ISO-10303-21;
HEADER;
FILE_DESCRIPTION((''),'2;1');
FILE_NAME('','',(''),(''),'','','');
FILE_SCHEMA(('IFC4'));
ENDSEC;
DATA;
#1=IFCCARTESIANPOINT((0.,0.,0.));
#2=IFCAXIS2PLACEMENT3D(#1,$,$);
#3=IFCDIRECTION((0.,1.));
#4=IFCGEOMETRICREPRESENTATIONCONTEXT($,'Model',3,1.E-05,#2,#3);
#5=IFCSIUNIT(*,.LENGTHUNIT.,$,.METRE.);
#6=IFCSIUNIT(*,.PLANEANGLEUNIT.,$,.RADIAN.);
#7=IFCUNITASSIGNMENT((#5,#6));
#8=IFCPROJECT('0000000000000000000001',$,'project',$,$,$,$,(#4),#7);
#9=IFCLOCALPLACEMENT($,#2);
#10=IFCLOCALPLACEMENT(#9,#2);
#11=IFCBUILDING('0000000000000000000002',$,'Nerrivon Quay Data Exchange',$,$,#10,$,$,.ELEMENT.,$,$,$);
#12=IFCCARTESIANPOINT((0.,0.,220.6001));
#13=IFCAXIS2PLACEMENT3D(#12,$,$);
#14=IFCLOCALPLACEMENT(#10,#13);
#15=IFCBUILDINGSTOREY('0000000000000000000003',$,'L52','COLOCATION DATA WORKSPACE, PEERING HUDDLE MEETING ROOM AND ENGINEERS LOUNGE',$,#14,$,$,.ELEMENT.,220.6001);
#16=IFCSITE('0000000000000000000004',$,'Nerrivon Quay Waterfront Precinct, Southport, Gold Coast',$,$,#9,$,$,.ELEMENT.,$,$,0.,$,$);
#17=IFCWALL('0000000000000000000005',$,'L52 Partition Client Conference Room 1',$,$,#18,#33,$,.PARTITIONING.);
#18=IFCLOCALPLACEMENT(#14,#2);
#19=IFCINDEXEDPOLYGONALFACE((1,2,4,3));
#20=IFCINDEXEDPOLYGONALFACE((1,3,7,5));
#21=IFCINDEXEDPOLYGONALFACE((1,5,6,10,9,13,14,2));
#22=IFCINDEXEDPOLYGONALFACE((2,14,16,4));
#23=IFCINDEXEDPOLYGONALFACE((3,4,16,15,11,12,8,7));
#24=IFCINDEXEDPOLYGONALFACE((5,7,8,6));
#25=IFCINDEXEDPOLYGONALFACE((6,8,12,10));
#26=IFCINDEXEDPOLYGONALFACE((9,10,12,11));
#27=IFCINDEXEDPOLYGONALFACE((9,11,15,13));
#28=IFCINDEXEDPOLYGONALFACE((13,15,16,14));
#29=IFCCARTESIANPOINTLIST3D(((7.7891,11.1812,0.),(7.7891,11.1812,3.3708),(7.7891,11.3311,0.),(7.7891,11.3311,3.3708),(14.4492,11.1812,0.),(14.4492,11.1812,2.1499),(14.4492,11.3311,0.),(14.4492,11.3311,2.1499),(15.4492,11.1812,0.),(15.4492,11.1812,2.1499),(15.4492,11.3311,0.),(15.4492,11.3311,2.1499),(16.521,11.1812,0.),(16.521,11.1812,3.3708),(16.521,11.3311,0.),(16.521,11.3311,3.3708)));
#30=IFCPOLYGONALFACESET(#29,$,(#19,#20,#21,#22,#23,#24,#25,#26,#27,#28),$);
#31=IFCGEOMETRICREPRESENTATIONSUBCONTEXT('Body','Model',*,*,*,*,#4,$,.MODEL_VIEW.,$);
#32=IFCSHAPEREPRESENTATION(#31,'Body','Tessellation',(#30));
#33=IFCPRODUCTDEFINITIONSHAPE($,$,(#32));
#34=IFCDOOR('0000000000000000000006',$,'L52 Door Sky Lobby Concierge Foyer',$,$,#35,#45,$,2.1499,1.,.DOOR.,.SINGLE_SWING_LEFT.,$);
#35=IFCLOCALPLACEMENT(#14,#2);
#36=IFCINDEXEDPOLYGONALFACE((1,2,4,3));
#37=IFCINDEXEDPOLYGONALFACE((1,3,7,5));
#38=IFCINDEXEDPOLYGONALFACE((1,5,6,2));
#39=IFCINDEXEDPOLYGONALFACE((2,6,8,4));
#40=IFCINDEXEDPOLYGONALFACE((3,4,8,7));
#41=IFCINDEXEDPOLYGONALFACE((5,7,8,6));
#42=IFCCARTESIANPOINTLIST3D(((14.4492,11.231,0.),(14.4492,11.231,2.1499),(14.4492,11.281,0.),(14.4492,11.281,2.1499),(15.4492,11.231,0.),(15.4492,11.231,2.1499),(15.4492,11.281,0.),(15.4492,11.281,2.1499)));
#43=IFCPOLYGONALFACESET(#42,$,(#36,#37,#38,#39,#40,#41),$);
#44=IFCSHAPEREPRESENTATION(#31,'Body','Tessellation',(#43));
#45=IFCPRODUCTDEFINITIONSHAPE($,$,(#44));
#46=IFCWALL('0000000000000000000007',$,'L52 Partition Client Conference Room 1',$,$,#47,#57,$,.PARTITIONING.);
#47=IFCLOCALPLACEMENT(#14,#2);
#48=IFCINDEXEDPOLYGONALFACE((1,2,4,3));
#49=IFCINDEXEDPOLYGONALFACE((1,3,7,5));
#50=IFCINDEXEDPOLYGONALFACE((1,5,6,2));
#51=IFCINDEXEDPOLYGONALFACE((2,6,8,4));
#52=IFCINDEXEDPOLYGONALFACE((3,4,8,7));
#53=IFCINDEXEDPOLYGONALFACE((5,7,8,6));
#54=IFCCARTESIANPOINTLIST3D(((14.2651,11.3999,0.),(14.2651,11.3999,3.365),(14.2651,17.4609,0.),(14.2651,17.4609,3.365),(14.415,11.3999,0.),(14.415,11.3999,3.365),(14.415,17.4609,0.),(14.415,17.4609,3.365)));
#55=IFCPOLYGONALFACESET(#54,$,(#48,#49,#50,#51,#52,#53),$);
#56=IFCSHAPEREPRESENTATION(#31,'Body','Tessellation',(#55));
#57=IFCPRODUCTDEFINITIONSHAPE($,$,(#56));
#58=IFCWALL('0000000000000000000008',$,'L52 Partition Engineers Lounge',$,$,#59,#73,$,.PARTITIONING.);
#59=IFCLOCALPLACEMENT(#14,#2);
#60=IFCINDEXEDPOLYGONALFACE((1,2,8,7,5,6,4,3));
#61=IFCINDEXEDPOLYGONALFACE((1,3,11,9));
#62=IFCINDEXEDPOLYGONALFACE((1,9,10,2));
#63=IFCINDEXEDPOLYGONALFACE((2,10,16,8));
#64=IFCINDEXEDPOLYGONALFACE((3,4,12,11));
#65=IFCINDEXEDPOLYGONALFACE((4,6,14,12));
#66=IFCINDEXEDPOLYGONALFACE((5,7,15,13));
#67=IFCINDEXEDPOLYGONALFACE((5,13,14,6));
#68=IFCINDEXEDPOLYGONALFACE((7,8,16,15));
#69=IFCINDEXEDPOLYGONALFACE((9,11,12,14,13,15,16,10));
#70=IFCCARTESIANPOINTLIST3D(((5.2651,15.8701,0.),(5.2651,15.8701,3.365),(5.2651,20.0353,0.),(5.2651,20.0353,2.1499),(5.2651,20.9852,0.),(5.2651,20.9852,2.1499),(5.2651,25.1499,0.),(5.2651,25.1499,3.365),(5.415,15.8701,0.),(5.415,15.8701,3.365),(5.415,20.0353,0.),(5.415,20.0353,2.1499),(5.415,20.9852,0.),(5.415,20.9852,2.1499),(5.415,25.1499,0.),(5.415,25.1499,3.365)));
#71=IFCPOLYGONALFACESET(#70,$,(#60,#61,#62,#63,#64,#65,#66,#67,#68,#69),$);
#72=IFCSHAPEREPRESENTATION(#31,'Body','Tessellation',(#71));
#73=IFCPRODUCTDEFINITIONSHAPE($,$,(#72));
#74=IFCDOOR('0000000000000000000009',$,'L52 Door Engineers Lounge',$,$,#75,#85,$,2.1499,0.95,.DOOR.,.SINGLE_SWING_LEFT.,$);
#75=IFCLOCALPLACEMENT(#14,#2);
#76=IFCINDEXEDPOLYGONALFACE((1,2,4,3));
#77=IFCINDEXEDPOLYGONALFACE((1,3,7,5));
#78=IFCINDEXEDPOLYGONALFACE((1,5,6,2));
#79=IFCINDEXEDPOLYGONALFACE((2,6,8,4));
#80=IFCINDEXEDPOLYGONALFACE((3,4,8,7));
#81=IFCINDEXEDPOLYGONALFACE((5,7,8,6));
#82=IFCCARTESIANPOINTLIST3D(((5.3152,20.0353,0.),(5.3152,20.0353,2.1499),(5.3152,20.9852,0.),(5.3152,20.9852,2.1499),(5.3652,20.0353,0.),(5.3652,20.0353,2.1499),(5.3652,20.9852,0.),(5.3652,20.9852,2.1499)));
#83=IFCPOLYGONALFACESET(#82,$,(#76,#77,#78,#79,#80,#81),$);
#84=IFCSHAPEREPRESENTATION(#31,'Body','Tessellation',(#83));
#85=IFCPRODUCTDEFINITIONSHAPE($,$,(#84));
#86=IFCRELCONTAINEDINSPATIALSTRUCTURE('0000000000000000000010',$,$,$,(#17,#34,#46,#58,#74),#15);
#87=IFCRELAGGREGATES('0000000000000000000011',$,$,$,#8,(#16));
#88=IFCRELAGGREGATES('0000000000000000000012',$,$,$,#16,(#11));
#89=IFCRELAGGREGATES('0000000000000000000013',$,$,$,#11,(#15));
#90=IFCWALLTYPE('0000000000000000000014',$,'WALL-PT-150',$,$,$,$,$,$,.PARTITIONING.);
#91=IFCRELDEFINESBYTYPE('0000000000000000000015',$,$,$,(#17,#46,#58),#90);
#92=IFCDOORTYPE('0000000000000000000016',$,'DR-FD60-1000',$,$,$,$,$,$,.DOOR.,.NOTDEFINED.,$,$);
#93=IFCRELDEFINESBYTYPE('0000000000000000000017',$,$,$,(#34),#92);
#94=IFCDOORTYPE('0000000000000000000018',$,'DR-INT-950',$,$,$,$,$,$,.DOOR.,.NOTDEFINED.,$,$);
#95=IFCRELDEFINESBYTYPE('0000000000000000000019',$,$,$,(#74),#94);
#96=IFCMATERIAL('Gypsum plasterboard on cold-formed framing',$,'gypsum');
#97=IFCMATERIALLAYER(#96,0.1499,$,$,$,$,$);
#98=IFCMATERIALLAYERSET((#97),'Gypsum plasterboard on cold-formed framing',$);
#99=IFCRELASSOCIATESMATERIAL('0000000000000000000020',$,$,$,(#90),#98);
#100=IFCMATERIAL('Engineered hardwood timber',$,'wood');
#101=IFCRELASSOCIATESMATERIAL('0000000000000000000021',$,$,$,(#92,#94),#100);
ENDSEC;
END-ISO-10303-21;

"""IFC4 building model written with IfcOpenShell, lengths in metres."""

from ifc_helpers import new_model, si_unit, direction, frame, frame_2d, origin, place, context, subcontext, project, spatial, rectangle, extrude, material, layer, layer_set, type_object, element, fill, save


model = new_model("IFC4")

# Units and contexts
model_context = context("Model", 3, precision=1e-05, world=origin(), true_north=direction((0.0, 1.0)))
body_context = subcontext(model_context, "Body", "Model", "MODEL_VIEW")
ifc_project = project(units=[si_unit("LENGTHUNIT", "METRE"), si_unit("PLANEANGLEUNIT", "RADIAN")], contexts=[model_context])

# Site, building, storey
site_placement = place(None, origin())
site = spatial("IfcSite", under=ifc_project, at=site_placement, Name="Nerrivon Quay Waterfront Precinct, Southport, Gold Coast", CompositionType="ELEMENT", RefElevation=0.0)
building_placement = place(site_placement, origin())
building = spatial("IfcBuilding", under=site, at=building_placement, Name="Nerrivon Quay Data Exchange", CompositionType="ELEMENT")
storey_placement = place(building_placement, frame((0.0, 0.0, 220.6001)))
storey = spatial("IfcBuildingStorey", under=building, at=storey_placement, Name="L52", Description="COLOCATION DATA WORKSPACE, PEERING HUDDLE MEETING ROOM AND ENGINEERS LOUNGE", CompositionType="ELEMENT", Elevation=220.6001)

# Shared definitions
ifc_material_1 = material(Name="Gypsum plasterboard on cold-formed framing", Category="gypsum")

# Shared definitions
ifc_material_2 = material(Name="Engineered hardwood timber", Category="wood")

# Wall, opening, door
ifc_layer_1 = layer(ifc_material_1, 0.1499)
ifc_layer_set_1 = layer_set([ifc_layer_1], Name="Gypsum plasterboard on cold-formed framing")
wall_type_1 = type_object("IfcWallType", Name="WALL-PT-150", PredefinedType="PARTITIONING", material=ifc_layer_set_1)
wall_1_placement = place(storey_placement, frame((7.7891, 11.2561, 0.0), z_axis=(0.0, 0.0, 1.0), x_axis=(1.0, 0.0, 0.0)))
wall_1 = element("IfcWall", 1, at=wall_1_placement, inside=storey, type_object=wall_type_1, Name="L52 Partition Client Conference Room 1", PredefinedType="PARTITIONING", context=body_context, shape_type="SweptSolid", body=[
    extrude(rectangle(XDim=8.7319, YDim=0.1499, at=frame_2d((4.366, 0.0))), origin(), (0.0, 0.0, 1.0), 3.3708),
])
opening_1_placement = place(wall_1_placement, frame((6.6602, 0.0, 0.0)))
opening_1 = element("IfcOpeningElement", 2, at=opening_1_placement, cuts=wall_1, PredefinedType="OPENING", context=body_context, shape_type="SweptSolid", body=[
    extrude(rectangle(XDim=1.0, YDim=2.1499, at=frame_2d((0.5, 1.075))), frame((0.0, 0.085, 0.0), z_axis=(0.0, -1.0, 0.0), x_axis=(1.0, 0.0, 0.0)), (0.0, 0.0, 1.0), 0.1699),
])
door_type_1 = type_object("IfcDoorType", Name="DR-FD60-1000", OperationType="NOTDEFINED", PredefinedType="DOOR", material=ifc_material_2)
door_1_placement = place(opening_1_placement, origin())
door_1 = element("IfcDoor", 3, at=door_1_placement, inside=storey, type_object=door_type_1, Name="L52 Door Sky Lobby Concierge Foyer", OperationType="SINGLE_SWING_LEFT", OverallHeight=2.1499, OverallWidth=1.0, PredefinedType="DOOR", context=body_context, shape_type="SweptSolid", body=[
    extrude(rectangle(XDim=1.0, YDim=2.1499, at=frame_2d((0.5, 1.075))), frame((0.0, 0.0249, 0.0), z_axis=(0.0, -1.0, 0.0), x_axis=(1.0, 0.0, 0.0)), (0.0, 0.0, 1.0), 0.05),
])
fill(opening_1, door_1)

# Wall
wall_2_placement = place(storey_placement, frame((14.3401, 11.3999, 0.0), z_axis=(0.0, 0.0, 1.0), x_axis=(0.0, 1.0, 0.0)))
element("IfcWall", 4, at=wall_2_placement, inside=storey, type_object=wall_type_1, Name="L52 Partition Client Conference Room 1", PredefinedType="PARTITIONING", context=body_context, shape_type="SweptSolid", body=[
    extrude(rectangle(XDim=6.061, YDim=0.1499, at=frame_2d((3.0305, 0.0))), origin(), (0.0, 0.0, 1.0), 3.365),
])

# Wall, opening, door
wall_3_placement = place(storey_placement, frame((5.3401, 15.8701, 0.0), z_axis=(0.0, 0.0, 1.0), x_axis=(0.0, 1.0, 0.0)))
wall_3 = element("IfcWall", 5, at=wall_3_placement, inside=storey, type_object=wall_type_1, Name="L52 Partition Engineers Lounge", PredefinedType="PARTITIONING", context=body_context, shape_type="SweptSolid", body=[
    extrude(rectangle(XDim=9.2798, YDim=0.1499, at=frame_2d((4.6399, 0.0))), origin(), (0.0, 0.0, 1.0), 3.365),
])
opening_2_placement = place(wall_3_placement, frame((4.165, 0.0, 0.0)))
opening_2 = element("IfcOpeningElement", 6, at=opening_2_placement, cuts=wall_3, PredefinedType="OPENING", context=body_context, shape_type="SweptSolid", body=[
    extrude(rectangle(XDim=0.95, YDim=2.1499, at=frame_2d((0.4751, 1.075))), frame((0.0, 0.085, 0.0), z_axis=(0.0, -1.0, 0.0), x_axis=(1.0, 0.0, 0.0)), (0.0, 0.0, 1.0), 0.1699),
])
door_type_2 = type_object("IfcDoorType", Name="DR-INT-950", OperationType="NOTDEFINED", PredefinedType="DOOR", material=ifc_material_2)
door_2_placement = place(opening_2_placement, origin())
door_2 = element("IfcDoor", 7, at=door_2_placement, inside=storey, type_object=door_type_2, Name="L52 Door Engineers Lounge", OperationType="SINGLE_SWING_LEFT", OverallHeight=2.1499, OverallWidth=0.95, PredefinedType="DOOR", context=body_context, shape_type="SweptSolid", body=[
    extrude(rectangle(XDim=0.95, YDim=2.1499, at=frame_2d((0.4751, 1.075))), frame((0.0, 0.0249, 0.0), z_axis=(0.0, -1.0, 0.0), x_axis=(1.0, 0.0, 0.0)), (0.0, 0.0, 1.0), 0.05),
])
fill(opening_2, door_2)

save(model, "model.ifc")
